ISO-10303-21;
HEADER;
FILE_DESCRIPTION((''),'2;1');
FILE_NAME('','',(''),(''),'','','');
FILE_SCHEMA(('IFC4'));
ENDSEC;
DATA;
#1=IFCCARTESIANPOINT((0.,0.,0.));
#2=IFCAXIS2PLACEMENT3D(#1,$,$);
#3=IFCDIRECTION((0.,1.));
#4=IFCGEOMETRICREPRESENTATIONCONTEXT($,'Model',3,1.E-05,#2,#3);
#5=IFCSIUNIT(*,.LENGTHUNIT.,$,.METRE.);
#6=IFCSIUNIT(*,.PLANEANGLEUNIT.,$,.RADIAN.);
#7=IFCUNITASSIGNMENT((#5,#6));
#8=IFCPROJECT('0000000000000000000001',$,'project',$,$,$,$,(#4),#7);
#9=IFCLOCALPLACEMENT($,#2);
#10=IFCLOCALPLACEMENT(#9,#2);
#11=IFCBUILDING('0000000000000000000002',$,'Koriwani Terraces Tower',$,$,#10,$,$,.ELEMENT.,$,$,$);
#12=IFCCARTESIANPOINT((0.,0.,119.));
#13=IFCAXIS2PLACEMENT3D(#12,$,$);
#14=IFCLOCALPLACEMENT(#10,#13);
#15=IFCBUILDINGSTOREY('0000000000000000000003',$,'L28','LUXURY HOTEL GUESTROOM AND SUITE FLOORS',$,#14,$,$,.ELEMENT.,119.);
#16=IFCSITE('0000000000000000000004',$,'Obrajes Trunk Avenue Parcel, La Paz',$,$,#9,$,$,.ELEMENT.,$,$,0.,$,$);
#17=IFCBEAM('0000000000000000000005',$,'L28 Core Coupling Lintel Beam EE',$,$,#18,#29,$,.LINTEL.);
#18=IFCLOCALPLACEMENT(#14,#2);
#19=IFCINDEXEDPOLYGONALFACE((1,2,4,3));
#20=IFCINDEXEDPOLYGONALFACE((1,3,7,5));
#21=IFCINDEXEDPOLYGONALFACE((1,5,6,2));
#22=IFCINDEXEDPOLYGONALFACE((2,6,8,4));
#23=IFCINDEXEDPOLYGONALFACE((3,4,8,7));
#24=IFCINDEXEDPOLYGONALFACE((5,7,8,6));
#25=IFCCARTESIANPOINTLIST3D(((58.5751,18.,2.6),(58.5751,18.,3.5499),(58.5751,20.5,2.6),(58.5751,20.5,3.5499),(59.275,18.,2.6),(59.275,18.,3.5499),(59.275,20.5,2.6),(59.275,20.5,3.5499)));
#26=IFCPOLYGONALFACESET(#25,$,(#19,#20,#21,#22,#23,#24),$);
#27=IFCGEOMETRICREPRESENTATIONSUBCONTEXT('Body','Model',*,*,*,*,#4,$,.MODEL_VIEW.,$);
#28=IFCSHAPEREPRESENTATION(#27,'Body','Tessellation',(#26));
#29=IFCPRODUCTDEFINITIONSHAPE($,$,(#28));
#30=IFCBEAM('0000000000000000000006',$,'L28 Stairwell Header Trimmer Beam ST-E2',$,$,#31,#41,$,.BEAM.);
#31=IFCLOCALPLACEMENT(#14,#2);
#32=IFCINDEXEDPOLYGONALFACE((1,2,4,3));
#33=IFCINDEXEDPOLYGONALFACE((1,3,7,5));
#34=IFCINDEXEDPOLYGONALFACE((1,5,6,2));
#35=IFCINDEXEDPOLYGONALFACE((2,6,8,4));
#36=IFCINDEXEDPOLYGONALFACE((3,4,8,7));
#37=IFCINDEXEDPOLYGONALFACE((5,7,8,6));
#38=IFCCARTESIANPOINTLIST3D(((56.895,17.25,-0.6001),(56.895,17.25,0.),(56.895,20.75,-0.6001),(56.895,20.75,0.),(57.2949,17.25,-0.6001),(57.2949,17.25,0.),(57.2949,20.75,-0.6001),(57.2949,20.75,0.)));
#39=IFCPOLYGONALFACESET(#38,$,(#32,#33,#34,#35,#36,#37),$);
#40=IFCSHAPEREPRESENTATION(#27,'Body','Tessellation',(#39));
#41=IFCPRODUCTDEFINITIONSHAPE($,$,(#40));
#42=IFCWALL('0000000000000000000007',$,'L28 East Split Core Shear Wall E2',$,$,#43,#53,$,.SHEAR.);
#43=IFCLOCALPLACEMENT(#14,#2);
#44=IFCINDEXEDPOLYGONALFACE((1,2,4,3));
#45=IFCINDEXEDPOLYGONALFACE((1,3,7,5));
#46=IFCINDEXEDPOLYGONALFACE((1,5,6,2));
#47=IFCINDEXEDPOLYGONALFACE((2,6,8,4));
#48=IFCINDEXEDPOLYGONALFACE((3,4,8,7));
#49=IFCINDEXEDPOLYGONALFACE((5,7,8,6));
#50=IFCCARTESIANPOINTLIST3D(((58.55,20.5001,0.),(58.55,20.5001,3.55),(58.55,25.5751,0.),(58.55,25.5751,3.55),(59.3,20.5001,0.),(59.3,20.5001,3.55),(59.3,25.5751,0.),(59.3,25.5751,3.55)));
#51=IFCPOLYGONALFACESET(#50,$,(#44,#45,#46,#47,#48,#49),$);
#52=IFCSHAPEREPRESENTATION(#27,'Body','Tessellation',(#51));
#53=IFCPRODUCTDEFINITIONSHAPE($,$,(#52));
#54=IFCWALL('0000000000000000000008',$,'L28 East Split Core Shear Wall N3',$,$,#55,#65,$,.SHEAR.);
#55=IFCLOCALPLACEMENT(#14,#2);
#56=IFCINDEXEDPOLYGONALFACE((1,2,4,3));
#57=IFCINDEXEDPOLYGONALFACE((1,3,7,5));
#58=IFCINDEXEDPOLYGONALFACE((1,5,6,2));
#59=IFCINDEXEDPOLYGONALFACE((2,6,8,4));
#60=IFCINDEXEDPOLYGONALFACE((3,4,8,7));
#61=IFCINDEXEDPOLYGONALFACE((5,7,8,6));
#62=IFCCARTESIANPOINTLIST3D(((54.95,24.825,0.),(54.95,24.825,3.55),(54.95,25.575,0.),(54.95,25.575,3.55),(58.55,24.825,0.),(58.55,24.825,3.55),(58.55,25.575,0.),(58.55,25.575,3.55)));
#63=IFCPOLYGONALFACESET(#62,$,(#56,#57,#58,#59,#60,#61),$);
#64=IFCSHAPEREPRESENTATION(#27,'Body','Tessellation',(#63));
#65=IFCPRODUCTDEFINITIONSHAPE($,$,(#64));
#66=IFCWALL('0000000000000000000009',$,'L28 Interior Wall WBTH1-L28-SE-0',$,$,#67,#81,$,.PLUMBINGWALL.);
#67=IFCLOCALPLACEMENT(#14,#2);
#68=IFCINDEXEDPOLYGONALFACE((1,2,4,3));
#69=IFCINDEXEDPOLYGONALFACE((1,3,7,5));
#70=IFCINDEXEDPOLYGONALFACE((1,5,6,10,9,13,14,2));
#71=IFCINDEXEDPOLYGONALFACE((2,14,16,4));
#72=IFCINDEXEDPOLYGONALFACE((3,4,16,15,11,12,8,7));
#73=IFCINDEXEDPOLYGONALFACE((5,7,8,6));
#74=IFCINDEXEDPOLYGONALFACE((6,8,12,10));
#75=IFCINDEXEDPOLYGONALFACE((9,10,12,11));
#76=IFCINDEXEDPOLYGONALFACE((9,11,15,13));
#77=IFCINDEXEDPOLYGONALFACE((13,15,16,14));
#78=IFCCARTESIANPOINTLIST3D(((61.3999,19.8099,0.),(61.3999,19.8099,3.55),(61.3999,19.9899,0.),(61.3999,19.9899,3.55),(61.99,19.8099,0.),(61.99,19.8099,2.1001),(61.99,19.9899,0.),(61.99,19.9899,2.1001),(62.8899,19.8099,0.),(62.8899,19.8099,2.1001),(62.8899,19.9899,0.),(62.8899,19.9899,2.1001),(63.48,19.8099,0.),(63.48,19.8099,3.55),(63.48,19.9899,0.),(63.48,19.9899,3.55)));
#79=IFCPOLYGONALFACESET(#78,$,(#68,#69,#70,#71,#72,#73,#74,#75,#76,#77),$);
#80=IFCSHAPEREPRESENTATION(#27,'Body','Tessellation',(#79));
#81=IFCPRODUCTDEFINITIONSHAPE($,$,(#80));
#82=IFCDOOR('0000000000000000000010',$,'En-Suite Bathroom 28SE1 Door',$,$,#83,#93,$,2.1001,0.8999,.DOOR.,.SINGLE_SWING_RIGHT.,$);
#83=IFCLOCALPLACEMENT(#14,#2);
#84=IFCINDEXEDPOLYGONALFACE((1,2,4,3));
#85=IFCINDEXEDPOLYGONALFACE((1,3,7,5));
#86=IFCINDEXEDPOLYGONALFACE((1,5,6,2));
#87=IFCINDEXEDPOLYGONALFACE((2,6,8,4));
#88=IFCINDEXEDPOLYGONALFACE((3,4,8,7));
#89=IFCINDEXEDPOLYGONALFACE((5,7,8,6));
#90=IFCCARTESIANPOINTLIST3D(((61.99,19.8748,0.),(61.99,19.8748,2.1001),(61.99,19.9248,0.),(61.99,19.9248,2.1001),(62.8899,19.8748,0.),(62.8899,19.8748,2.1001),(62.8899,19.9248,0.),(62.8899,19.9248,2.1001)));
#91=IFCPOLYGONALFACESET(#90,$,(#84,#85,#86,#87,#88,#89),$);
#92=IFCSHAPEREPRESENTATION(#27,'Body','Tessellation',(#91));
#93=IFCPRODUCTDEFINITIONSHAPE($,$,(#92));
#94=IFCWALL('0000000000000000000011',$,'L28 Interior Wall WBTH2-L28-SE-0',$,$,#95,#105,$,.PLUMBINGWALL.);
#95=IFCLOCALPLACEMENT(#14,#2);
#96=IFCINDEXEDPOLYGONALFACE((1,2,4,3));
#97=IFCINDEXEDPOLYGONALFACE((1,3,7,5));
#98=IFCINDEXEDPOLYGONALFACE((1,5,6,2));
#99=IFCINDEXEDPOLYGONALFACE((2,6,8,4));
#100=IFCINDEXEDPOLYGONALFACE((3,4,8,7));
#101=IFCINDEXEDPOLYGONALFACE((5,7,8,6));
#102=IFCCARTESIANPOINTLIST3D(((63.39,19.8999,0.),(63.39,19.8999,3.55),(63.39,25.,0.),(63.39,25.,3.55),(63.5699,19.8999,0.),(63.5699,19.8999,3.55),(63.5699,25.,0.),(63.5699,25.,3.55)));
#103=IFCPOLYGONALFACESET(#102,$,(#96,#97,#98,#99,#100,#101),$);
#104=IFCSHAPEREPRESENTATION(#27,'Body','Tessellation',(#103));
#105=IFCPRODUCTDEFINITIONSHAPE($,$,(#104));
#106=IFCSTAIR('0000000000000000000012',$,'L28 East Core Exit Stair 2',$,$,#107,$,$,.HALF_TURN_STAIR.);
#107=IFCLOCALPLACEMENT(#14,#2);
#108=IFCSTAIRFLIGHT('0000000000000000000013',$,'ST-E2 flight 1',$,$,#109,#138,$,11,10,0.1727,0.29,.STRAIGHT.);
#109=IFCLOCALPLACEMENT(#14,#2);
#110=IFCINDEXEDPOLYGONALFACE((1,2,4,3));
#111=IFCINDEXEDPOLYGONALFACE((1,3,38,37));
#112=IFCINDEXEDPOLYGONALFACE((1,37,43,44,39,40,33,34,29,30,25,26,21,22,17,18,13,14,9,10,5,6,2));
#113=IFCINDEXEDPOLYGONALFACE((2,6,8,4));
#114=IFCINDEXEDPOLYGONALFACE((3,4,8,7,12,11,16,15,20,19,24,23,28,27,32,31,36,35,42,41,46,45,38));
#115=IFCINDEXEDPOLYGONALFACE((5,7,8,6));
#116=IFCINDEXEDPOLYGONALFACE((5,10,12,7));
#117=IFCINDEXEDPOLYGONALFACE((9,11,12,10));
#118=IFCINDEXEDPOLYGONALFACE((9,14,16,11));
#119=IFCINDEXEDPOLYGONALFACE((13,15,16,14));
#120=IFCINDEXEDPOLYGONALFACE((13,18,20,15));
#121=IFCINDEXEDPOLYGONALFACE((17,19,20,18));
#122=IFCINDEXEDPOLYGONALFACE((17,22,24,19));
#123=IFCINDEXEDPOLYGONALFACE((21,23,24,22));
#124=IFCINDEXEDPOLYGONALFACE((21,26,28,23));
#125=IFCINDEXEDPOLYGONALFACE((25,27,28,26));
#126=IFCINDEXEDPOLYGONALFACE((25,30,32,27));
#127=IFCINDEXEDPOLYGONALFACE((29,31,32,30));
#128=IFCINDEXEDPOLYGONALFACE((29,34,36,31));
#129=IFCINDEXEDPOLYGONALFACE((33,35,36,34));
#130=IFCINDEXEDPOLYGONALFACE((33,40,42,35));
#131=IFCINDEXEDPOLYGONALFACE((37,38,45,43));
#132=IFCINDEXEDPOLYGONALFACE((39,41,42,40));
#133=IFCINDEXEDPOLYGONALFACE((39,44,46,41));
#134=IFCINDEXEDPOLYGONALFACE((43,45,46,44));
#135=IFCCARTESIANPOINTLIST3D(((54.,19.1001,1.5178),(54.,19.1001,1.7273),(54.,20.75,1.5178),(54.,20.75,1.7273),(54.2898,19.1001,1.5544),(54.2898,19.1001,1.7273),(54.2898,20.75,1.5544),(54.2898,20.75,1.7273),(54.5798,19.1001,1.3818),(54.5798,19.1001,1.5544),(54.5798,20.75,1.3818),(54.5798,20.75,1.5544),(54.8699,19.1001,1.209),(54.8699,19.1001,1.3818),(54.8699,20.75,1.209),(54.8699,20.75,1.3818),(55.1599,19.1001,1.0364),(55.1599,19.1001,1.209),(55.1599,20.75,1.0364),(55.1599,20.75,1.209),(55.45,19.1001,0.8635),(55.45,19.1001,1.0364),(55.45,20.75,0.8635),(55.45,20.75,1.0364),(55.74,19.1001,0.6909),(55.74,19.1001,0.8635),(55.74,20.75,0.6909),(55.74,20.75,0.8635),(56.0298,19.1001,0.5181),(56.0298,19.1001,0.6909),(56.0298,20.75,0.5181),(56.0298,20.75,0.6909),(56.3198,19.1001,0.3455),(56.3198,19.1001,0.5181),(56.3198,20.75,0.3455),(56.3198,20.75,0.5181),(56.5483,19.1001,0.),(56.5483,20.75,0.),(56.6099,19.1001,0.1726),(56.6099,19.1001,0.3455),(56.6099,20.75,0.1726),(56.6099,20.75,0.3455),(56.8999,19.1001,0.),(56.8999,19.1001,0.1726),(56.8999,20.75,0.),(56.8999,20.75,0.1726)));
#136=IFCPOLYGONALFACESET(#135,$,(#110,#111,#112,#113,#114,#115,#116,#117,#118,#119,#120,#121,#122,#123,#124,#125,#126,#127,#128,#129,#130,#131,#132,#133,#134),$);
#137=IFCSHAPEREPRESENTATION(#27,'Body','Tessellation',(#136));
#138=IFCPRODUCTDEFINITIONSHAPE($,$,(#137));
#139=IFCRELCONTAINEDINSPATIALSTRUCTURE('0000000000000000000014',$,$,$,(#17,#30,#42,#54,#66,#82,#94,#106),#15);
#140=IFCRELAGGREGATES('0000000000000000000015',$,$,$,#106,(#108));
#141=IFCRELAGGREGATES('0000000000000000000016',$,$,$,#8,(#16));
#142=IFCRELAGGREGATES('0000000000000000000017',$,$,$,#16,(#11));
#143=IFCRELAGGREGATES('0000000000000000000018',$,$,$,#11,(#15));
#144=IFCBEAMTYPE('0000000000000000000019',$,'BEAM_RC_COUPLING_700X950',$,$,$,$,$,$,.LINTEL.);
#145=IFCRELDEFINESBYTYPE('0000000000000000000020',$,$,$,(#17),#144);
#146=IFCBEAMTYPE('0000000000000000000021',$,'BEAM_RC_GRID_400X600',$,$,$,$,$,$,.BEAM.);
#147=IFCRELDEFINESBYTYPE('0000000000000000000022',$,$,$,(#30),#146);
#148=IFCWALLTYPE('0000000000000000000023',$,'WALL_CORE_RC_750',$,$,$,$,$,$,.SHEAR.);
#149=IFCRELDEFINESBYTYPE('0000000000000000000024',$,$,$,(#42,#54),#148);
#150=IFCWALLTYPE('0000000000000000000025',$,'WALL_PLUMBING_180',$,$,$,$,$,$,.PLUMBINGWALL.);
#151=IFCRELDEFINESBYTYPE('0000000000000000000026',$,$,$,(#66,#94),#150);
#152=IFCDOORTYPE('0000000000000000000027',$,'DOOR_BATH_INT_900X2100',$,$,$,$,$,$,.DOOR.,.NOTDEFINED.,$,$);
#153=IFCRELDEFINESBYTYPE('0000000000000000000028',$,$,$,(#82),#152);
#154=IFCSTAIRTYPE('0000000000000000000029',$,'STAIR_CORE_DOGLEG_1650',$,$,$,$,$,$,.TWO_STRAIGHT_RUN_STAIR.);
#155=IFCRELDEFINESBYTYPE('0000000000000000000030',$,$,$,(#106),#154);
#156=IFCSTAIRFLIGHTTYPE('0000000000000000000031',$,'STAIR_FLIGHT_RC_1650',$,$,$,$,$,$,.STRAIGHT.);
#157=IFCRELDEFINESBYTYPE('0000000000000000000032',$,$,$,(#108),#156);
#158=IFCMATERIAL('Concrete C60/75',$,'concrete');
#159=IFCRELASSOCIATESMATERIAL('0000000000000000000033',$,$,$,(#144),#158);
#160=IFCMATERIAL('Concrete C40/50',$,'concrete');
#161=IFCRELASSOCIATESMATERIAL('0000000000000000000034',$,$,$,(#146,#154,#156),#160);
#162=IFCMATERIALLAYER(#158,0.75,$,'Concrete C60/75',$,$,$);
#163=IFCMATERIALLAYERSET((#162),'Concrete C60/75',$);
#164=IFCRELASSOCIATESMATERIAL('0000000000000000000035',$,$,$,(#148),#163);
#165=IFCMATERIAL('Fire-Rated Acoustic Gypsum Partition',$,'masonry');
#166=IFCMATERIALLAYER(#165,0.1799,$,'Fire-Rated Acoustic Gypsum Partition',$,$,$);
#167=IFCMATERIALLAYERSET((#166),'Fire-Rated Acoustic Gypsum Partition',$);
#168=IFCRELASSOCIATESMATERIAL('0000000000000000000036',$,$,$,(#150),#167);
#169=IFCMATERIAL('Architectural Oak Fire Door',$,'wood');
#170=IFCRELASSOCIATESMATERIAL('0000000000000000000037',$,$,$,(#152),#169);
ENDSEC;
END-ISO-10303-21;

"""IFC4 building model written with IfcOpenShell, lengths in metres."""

from ifc_helpers import new_model, si_unit, direction, frame, frame_2d, origin, origin_2d, place, context, subcontext, project, spatial, polyline, rectangle, outline, extrude, material, layer, layer_set, material_profile, profile_set, type_object, element, fill, aggregate, save


model = new_model("IFC4")

# Units and contexts
model_context = context("Model", 3, precision=1e-05, world=origin(), true_north=direction((0.0, 1.0)))
body_context = subcontext(model_context, "Body", "Model", "MODEL_VIEW")
ifc_project = project(units=[si_unit("LENGTHUNIT", "METRE"), si_unit("PLANEANGLEUNIT", "RADIAN")], contexts=[model_context])

# Site, building, storey
site_placement = place(None, origin())
site = spatial("IfcSite", under=ifc_project, at=site_placement, Name="Obrajes Trunk Avenue Parcel, La Paz", CompositionType="ELEMENT", RefElevation=0.0)
building_placement = place(site_placement, origin())
building = spatial("IfcBuilding", under=site, at=building_placement, Name="Koriwani Terraces Tower", CompositionType="ELEMENT")
storey_placement = place(building_placement, frame((0.0, 0.0, 119.0)))
storey = spatial("IfcBuildingStorey", under=building, at=storey_placement, Name="L28", Description="LUXURY HOTEL GUESTROOM AND SUITE FLOORS", CompositionType="ELEMENT", Elevation=119.0)

# Beams
ifc_material_1 = material(Name="Concrete C60/75", Category="concrete")
ifc_material_profile_1 = material_profile(ifc_material_1, rectangle(XDim=0.7, YDim=0.95, at=origin_2d()), Name="Concrete C60/75", Category="LoadBearing")
ifc_profile_set_1 = profile_set([ifc_material_profile_1], Name="Concrete C60/75")
beam_type_1 = type_object("IfcBeamType", Name="BEAM_RC_COUPLING_700X950", PredefinedType="LINTEL", material=ifc_profile_set_1)
beam_1_placement = place(storey_placement, frame((58.925, 18.0, 3.075), z_axis=(0.0, 1.0, 0.0), x_axis=(-1.0, 0.0, 0.0)))
element("IfcBeam", 1, at=beam_1_placement, inside=storey, type_object=beam_type_1, Name="L28 Core Coupling Lintel Beam EE", PredefinedType="LINTEL", context=body_context, shape_type="SweptSolid", body=[
    extrude(rectangle(XDim=0.7, YDim=0.95, at=origin_2d()), origin(), (0.0, 0.0, 1.0), 2.5),
])
ifc_material_2 = material(Name="Concrete C40/50", Category="concrete")
ifc_material_profile_2 = material_profile(ifc_material_2, rectangle(XDim=0.3999, YDim=0.6001, at=origin_2d()), Name="Concrete C40/50", Category="LoadBearing")
ifc_profile_set_2 = profile_set([ifc_material_profile_2], Name="Concrete C40/50")
beam_type_2 = type_object("IfcBeamType", Name="BEAM_RC_GRID_400X600", PredefinedType="BEAM", material=ifc_profile_set_2)
beam_2_placement = place(storey_placement, frame((57.095, 17.25, -0.3), z_axis=(0.0, 1.0, 0.0), x_axis=(-1.0, 0.0, 0.0)))
element("IfcBeam", 2, at=beam_2_placement, inside=storey, type_object=beam_type_2, Name="L28 Stairwell Header Trimmer Beam ST-E2", PredefinedType="BEAM", context=body_context, shape_type="SweptSolid", body=[
    extrude(rectangle(XDim=0.3999, YDim=0.6001, at=origin_2d()), origin(), (0.0, 0.0, 1.0), 3.5),
])

# Walls
ifc_layer_1 = layer(ifc_material_1, 0.75, Name="Concrete C60/75")
ifc_layer_set_1 = layer_set([ifc_layer_1], Name="Concrete C60/75")
wall_type_1 = type_object("IfcWallType", Name="WALL_CORE_RC_750", PredefinedType="SHEAR", material=ifc_layer_set_1)
wall_1_placement = place(storey_placement, frame((58.925, 20.5, 0.0), z_axis=(0.0, 0.0, 1.0), x_axis=(0.0, 1.0, 0.0)))
element("IfcWall", 3, at=wall_1_placement, inside=storey, type_object=wall_type_1, Name="L28 East Split Core Shear Wall E2", PredefinedType="SHEAR", context=body_context, shape_type="SweptSolid", body=[
    extrude(rectangle(XDim=5.075, YDim=0.75, at=frame_2d((2.5376, 0.0))), origin(), (0.0, 0.0, 1.0), 3.55),
])
wall_2_placement = place(storey_placement, frame((54.95, 25.2, 0.0), z_axis=(0.0, 0.0, 1.0), x_axis=(1.0, 0.0, 0.0)))
element("IfcWall", 4, at=wall_2_placement, inside=storey, type_object=wall_type_1, Name="L28 East Split Core Shear Wall N3", PredefinedType="SHEAR", context=body_context, shape_type="SweptSolid", body=[
    extrude(rectangle(XDim=3.6001, YDim=0.75, at=frame_2d((1.8, 0.0))), origin(), (0.0, 0.0, 1.0), 3.55),
])

# Shared definitions
ifc_material_3 = material(Name="Architectural Oak Fire Door", Category="wood")

# Wall, opening, door
ifc_material_4 = material(Name="Fire-Rated Acoustic Gypsum Partition", Category="masonry")
ifc_layer_2 = layer(ifc_material_4, 0.1799, Name="Fire-Rated Acoustic Gypsum Partition")
ifc_layer_set_2 = layer_set([ifc_layer_2], Name="Fire-Rated Acoustic Gypsum Partition")
wall_type_2 = type_object("IfcWallType", Name="WALL_PLUMBING_180", PredefinedType="PLUMBINGWALL", material=ifc_layer_set_2)
wall_3_placement = place(storey_placement, frame((61.3999, 19.8999, 0.0), z_axis=(0.0, 0.0, 1.0), x_axis=(1.0, 0.0, 0.0)))
wall_3 = element("IfcWall", 5, at=wall_3_placement, inside=storey, type_object=wall_type_2, Name="L28 Interior Wall WBTH1-L28-SE-0", PredefinedType="PLUMBINGWALL", context=body_context, shape_type="SweptSolid", body=[
    extrude(rectangle(XDim=2.0801, YDim=0.1799, at=frame_2d((1.04, 0.0))), origin(), (0.0, 0.0, 1.0), 3.55),
])
opening_1_placement = place(wall_3_placement, frame((0.5901, 0.0, 0.0)))
opening_1 = element("IfcOpeningElement", 6, at=opening_1_placement, cuts=wall_3, PredefinedType="OPENING", context=body_context, shape_type="SweptSolid", body=[
    extrude(rectangle(XDim=0.8999, YDim=2.1001, at=frame_2d((0.45, 1.05))), frame((0.0, 0.1001, 0.0), z_axis=(0.0, -1.0, 0.0), x_axis=(1.0, 0.0, 0.0)), (0.0, 0.0, 1.0), 0.2),
])
door_type_1 = type_object("IfcDoorType", Name="DOOR_BATH_INT_900X2100", OperationType="NOTDEFINED", PredefinedType="DOOR", material=ifc_material_3)
door_1_placement = place(opening_1_placement, origin())
door_1 = element("IfcDoor", 7, at=door_1_placement, inside=storey, type_object=door_type_1, Name="En-Suite Bathroom 28SE1 Door", OperationType="SINGLE_SWING_RIGHT", OverallHeight=2.1001, OverallWidth=0.8999, PredefinedType="DOOR", context=body_context, shape_type="SweptSolid", body=[
    extrude(rectangle(XDim=0.8999, YDim=2.1001, at=frame_2d((0.45, 1.05))), frame((0.0, 0.0249, 0.0), z_axis=(0.0, -1.0, 0.0), x_axis=(1.0, 0.0, 0.0)), (0.0, 0.0, 1.0), 0.05),
])
fill(opening_1, door_1)

# Wall
wall_4_placement = place(storey_placement, frame((63.48, 19.8999, 0.0), z_axis=(0.0, 0.0, 1.0), x_axis=(0.0, 1.0, 0.0)))
element("IfcWall", 8, at=wall_4_placement, inside=storey, type_object=wall_type_2, Name="L28 Interior Wall WBTH2-L28-SE-0", PredefinedType="PLUMBINGWALL", context=body_context, shape_type="SweptSolid", body=[
    extrude(rectangle(XDim=5.1001, YDim=0.1799, at=frame_2d((2.55, 0.0))), origin(), (0.0, 0.0, 1.0), 3.55),
])

# Stair, stair flight
stair_type = type_object("IfcStairType", Name="STAIR_CORE_DOGLEG_1650", PredefinedType="TWO_STRAIGHT_RUN_STAIR", material=ifc_material_2)
stair_placement = place(storey_placement, origin())
stair = element("IfcStair", 9, at=stair_placement, inside=storey, type_object=stair_type, Name="L28 East Core Exit Stair 2", PredefinedType="HALF_TURN_STAIR")
stair_flight_type = type_object("IfcStairFlightType", Name="STAIR_FLIGHT_RC_1650", PredefinedType="STRAIGHT", material=ifc_material_2)
stair_flight_placement = place(storey_placement, frame((56.8999, 19.925, 0.0), z_axis=(0.0, 0.0, 1.0), x_axis=(-1.0, 0.0, 0.0)))
stair_flight = element("IfcStairFlight", 10, at=stair_flight_placement, type_object=stair_flight_type, Name="ST-E2 flight 1", NumberOfRisers=11, NumberOfTreads=10, PredefinedType="STRAIGHT", RiserHeight=0.1727, TreadLength=0.29, context=body_context, shape_type="SweptSolid", body=[
    extrude(outline(polyline([(0.0, 0.0), (0.0, 0.1726), (0.29, 0.1726), (0.29, 0.3455), (0.5801, 0.3455), (0.5801, 0.5181), (0.8701, 0.5181), (0.8701, 0.6909), (1.1599, 0.6909), (1.1599, 0.8635), (1.45, 0.8635), (1.45, 1.0364), (1.74, 1.0364), (1.74, 1.209), (2.03, 1.209), (2.03, 1.3818), (2.3201, 1.3818), (2.3201, 1.5544), (2.6101, 1.5544), (2.6101, 1.7273), (2.8999, 1.7273), (2.8999, 1.8999), (2.8999, 1.5178), (0.3516, 0.0), (0.0, 0.0)])), frame((0.0, 0.825, 0.0), z_axis=(0.0, -1.0, 0.0), x_axis=(1.0, 0.0, 0.0)), (0.0, 0.0, 1.0), 1.6499),
])
aggregate(stair, [stair_flight])

save(model, "model.ifc")
